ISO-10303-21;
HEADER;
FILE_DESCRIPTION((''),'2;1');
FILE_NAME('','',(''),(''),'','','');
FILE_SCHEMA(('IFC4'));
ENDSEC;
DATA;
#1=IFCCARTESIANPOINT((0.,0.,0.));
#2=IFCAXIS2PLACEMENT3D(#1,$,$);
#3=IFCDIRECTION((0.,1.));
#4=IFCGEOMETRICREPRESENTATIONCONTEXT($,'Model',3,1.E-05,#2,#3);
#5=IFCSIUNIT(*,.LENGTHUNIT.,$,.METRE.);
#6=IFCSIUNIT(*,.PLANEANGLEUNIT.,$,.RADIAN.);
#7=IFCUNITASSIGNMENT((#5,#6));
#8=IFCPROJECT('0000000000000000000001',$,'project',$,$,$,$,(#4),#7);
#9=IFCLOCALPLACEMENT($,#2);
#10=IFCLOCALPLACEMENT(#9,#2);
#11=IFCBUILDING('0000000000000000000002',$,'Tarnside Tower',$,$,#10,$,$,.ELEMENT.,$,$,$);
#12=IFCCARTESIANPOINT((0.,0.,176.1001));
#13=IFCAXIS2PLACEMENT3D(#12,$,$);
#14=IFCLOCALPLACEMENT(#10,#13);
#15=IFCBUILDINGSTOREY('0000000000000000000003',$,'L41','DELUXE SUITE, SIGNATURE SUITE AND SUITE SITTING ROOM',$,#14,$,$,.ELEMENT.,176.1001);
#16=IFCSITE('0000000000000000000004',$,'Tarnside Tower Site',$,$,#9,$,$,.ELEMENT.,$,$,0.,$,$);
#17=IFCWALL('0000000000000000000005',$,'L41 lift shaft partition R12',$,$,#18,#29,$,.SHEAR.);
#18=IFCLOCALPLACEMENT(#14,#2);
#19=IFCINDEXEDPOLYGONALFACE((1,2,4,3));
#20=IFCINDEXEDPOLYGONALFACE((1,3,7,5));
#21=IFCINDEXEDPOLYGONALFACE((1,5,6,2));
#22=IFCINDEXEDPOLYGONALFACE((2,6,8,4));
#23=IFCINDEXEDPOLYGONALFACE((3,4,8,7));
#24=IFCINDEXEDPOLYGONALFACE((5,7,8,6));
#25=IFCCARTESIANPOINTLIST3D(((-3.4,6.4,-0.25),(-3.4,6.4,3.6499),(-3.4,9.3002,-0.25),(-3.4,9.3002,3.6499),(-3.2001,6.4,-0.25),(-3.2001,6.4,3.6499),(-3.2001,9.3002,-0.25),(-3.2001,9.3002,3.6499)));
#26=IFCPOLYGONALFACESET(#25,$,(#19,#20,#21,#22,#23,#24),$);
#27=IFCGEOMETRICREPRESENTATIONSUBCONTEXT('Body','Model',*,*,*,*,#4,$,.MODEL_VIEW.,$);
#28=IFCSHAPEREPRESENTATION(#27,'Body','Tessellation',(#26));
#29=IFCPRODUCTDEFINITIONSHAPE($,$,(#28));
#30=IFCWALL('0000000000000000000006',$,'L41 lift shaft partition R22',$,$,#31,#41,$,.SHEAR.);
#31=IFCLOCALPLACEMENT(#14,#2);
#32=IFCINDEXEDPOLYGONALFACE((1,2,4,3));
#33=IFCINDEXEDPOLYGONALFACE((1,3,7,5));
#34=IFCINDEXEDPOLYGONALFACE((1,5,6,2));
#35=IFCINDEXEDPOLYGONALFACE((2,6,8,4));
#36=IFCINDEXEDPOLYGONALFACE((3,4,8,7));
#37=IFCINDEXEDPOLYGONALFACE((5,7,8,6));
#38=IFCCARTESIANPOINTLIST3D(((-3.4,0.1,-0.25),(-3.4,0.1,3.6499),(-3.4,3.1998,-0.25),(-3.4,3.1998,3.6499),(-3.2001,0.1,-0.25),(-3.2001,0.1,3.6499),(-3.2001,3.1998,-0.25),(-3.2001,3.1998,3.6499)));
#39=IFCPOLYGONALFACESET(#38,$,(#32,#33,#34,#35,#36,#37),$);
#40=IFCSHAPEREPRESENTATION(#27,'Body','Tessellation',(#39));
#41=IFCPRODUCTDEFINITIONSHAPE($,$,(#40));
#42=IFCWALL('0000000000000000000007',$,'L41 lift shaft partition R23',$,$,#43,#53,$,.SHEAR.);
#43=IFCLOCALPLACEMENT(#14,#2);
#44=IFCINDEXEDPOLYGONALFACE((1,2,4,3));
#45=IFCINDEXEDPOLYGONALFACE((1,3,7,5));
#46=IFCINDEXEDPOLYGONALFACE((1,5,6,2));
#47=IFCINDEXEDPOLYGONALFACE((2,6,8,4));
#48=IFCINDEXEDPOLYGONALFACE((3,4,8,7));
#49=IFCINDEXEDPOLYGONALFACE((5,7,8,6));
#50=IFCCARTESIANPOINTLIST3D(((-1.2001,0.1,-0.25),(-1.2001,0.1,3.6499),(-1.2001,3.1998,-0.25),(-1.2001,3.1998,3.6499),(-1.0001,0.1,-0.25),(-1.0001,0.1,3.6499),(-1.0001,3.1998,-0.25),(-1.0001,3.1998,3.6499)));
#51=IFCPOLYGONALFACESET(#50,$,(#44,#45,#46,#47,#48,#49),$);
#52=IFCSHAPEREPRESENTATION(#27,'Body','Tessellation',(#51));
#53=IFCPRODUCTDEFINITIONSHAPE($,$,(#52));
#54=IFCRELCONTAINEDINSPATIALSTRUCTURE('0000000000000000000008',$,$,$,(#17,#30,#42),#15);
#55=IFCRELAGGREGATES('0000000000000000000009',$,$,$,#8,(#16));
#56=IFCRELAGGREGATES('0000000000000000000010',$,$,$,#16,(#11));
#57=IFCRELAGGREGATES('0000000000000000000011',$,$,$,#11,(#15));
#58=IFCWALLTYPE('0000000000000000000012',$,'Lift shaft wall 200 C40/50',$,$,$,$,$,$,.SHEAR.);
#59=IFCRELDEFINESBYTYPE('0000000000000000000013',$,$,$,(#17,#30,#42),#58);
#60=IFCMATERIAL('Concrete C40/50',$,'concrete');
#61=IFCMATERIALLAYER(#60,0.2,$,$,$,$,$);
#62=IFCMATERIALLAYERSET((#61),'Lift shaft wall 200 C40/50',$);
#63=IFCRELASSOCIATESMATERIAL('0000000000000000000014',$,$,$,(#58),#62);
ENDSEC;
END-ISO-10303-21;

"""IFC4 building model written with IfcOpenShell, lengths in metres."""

from ifc_helpers import new_model, si_unit, direction, frame, frame_2d, origin, place, context, subcontext, project, spatial, rectangle, extrude, material, layer, layer_set, type_object, element, save


model = new_model("IFC4")

# Units and contexts
model_context = context("Model", 3, precision=1e-05, world=origin(), true_north=direction((0.0, 1.0)))
body_context = subcontext(model_context, "Body", "Model", "MODEL_VIEW")
ifc_project = project(units=[si_unit("LENGTHUNIT", "METRE"), si_unit("PLANEANGLEUNIT", "RADIAN")], contexts=[model_context])

# Site, building, storey
site_placement = place(None, origin())
site = spatial("IfcSite", under=ifc_project, at=site_placement, Name="Tarnside Tower Site", CompositionType="ELEMENT", RefElevation=0.0)
building_placement = place(site_placement, origin())
building = spatial("IfcBuilding", under=site, at=building_placement, Name="Tarnside Tower", CompositionType="ELEMENT")
storey_placement = place(building_placement, frame((0.0, 0.0, 176.1001)))
storey = spatial("IfcBuildingStorey", under=building, at=storey_placement, Name="L41", Description="DELUXE SUITE, SIGNATURE SUITE AND SUITE SITTING ROOM", CompositionType="ELEMENT", Elevation=176.1001)

# Shared definitions
ifc_material_1 = material(Name="Concrete C40/50", Category="concrete")

# Walls
ifc_layer_1 = layer(ifc_material_1, 0.2)
ifc_layer_set_1 = layer_set([ifc_layer_1], Name="Lift shaft wall 200 C40/50")
wall_type = type_object("IfcWallType", Name="Lift shaft wall 200 C40/50", PredefinedType="SHEAR", material=ifc_layer_set_1)
wall_placement = place(storey_placement, frame((-3.3, 6.3999, -0.25), z_axis=(0.0, 0.0, 1.0), x_axis=(0.0, 1.0, 0.0)))
element("IfcWall", 1, at=wall_placement, inside=storey, type_object=wall_type, Name="L41 lift shaft partition R12", PredefinedType="SHEAR", context=body_context, shape_type="SweptSolid", body=[
    extrude(rectangle(XDim=2.9001, YDim=0.2, at=frame_2d((1.4502, 0.0))), origin(), (0.0, 0.0, 1.0), 3.8999),
])
for number, where, z_axis, x_axis, name in (
    (2, (-3.3, 0.1001, -0.25), (0.0, 0.0, 1.0), (0.0, 1.0, 0.0), "L41 lift shaft partition R22"),
    (3, (-1.1001, 0.1001, -0.25), (0.0, 0.0, 1.0), (0.0, 1.0, 0.0), "L41 lift shaft partition R23"),
):
    element("IfcWall", number, at=place(storey_placement, frame(where, z_axis=z_axis, x_axis=x_axis)), inside=storey, type_object=wall_type, Name=name, PredefinedType="SHEAR", context=body_context, shape_type="SweptSolid", body=[
        extrude(rectangle(XDim=3.0999, YDim=0.2, at=frame_2d((1.5498, 0.0))), origin(), (0.0, 0.0, 1.0), 3.8999),
    ])

save(model, "model.ifc")
